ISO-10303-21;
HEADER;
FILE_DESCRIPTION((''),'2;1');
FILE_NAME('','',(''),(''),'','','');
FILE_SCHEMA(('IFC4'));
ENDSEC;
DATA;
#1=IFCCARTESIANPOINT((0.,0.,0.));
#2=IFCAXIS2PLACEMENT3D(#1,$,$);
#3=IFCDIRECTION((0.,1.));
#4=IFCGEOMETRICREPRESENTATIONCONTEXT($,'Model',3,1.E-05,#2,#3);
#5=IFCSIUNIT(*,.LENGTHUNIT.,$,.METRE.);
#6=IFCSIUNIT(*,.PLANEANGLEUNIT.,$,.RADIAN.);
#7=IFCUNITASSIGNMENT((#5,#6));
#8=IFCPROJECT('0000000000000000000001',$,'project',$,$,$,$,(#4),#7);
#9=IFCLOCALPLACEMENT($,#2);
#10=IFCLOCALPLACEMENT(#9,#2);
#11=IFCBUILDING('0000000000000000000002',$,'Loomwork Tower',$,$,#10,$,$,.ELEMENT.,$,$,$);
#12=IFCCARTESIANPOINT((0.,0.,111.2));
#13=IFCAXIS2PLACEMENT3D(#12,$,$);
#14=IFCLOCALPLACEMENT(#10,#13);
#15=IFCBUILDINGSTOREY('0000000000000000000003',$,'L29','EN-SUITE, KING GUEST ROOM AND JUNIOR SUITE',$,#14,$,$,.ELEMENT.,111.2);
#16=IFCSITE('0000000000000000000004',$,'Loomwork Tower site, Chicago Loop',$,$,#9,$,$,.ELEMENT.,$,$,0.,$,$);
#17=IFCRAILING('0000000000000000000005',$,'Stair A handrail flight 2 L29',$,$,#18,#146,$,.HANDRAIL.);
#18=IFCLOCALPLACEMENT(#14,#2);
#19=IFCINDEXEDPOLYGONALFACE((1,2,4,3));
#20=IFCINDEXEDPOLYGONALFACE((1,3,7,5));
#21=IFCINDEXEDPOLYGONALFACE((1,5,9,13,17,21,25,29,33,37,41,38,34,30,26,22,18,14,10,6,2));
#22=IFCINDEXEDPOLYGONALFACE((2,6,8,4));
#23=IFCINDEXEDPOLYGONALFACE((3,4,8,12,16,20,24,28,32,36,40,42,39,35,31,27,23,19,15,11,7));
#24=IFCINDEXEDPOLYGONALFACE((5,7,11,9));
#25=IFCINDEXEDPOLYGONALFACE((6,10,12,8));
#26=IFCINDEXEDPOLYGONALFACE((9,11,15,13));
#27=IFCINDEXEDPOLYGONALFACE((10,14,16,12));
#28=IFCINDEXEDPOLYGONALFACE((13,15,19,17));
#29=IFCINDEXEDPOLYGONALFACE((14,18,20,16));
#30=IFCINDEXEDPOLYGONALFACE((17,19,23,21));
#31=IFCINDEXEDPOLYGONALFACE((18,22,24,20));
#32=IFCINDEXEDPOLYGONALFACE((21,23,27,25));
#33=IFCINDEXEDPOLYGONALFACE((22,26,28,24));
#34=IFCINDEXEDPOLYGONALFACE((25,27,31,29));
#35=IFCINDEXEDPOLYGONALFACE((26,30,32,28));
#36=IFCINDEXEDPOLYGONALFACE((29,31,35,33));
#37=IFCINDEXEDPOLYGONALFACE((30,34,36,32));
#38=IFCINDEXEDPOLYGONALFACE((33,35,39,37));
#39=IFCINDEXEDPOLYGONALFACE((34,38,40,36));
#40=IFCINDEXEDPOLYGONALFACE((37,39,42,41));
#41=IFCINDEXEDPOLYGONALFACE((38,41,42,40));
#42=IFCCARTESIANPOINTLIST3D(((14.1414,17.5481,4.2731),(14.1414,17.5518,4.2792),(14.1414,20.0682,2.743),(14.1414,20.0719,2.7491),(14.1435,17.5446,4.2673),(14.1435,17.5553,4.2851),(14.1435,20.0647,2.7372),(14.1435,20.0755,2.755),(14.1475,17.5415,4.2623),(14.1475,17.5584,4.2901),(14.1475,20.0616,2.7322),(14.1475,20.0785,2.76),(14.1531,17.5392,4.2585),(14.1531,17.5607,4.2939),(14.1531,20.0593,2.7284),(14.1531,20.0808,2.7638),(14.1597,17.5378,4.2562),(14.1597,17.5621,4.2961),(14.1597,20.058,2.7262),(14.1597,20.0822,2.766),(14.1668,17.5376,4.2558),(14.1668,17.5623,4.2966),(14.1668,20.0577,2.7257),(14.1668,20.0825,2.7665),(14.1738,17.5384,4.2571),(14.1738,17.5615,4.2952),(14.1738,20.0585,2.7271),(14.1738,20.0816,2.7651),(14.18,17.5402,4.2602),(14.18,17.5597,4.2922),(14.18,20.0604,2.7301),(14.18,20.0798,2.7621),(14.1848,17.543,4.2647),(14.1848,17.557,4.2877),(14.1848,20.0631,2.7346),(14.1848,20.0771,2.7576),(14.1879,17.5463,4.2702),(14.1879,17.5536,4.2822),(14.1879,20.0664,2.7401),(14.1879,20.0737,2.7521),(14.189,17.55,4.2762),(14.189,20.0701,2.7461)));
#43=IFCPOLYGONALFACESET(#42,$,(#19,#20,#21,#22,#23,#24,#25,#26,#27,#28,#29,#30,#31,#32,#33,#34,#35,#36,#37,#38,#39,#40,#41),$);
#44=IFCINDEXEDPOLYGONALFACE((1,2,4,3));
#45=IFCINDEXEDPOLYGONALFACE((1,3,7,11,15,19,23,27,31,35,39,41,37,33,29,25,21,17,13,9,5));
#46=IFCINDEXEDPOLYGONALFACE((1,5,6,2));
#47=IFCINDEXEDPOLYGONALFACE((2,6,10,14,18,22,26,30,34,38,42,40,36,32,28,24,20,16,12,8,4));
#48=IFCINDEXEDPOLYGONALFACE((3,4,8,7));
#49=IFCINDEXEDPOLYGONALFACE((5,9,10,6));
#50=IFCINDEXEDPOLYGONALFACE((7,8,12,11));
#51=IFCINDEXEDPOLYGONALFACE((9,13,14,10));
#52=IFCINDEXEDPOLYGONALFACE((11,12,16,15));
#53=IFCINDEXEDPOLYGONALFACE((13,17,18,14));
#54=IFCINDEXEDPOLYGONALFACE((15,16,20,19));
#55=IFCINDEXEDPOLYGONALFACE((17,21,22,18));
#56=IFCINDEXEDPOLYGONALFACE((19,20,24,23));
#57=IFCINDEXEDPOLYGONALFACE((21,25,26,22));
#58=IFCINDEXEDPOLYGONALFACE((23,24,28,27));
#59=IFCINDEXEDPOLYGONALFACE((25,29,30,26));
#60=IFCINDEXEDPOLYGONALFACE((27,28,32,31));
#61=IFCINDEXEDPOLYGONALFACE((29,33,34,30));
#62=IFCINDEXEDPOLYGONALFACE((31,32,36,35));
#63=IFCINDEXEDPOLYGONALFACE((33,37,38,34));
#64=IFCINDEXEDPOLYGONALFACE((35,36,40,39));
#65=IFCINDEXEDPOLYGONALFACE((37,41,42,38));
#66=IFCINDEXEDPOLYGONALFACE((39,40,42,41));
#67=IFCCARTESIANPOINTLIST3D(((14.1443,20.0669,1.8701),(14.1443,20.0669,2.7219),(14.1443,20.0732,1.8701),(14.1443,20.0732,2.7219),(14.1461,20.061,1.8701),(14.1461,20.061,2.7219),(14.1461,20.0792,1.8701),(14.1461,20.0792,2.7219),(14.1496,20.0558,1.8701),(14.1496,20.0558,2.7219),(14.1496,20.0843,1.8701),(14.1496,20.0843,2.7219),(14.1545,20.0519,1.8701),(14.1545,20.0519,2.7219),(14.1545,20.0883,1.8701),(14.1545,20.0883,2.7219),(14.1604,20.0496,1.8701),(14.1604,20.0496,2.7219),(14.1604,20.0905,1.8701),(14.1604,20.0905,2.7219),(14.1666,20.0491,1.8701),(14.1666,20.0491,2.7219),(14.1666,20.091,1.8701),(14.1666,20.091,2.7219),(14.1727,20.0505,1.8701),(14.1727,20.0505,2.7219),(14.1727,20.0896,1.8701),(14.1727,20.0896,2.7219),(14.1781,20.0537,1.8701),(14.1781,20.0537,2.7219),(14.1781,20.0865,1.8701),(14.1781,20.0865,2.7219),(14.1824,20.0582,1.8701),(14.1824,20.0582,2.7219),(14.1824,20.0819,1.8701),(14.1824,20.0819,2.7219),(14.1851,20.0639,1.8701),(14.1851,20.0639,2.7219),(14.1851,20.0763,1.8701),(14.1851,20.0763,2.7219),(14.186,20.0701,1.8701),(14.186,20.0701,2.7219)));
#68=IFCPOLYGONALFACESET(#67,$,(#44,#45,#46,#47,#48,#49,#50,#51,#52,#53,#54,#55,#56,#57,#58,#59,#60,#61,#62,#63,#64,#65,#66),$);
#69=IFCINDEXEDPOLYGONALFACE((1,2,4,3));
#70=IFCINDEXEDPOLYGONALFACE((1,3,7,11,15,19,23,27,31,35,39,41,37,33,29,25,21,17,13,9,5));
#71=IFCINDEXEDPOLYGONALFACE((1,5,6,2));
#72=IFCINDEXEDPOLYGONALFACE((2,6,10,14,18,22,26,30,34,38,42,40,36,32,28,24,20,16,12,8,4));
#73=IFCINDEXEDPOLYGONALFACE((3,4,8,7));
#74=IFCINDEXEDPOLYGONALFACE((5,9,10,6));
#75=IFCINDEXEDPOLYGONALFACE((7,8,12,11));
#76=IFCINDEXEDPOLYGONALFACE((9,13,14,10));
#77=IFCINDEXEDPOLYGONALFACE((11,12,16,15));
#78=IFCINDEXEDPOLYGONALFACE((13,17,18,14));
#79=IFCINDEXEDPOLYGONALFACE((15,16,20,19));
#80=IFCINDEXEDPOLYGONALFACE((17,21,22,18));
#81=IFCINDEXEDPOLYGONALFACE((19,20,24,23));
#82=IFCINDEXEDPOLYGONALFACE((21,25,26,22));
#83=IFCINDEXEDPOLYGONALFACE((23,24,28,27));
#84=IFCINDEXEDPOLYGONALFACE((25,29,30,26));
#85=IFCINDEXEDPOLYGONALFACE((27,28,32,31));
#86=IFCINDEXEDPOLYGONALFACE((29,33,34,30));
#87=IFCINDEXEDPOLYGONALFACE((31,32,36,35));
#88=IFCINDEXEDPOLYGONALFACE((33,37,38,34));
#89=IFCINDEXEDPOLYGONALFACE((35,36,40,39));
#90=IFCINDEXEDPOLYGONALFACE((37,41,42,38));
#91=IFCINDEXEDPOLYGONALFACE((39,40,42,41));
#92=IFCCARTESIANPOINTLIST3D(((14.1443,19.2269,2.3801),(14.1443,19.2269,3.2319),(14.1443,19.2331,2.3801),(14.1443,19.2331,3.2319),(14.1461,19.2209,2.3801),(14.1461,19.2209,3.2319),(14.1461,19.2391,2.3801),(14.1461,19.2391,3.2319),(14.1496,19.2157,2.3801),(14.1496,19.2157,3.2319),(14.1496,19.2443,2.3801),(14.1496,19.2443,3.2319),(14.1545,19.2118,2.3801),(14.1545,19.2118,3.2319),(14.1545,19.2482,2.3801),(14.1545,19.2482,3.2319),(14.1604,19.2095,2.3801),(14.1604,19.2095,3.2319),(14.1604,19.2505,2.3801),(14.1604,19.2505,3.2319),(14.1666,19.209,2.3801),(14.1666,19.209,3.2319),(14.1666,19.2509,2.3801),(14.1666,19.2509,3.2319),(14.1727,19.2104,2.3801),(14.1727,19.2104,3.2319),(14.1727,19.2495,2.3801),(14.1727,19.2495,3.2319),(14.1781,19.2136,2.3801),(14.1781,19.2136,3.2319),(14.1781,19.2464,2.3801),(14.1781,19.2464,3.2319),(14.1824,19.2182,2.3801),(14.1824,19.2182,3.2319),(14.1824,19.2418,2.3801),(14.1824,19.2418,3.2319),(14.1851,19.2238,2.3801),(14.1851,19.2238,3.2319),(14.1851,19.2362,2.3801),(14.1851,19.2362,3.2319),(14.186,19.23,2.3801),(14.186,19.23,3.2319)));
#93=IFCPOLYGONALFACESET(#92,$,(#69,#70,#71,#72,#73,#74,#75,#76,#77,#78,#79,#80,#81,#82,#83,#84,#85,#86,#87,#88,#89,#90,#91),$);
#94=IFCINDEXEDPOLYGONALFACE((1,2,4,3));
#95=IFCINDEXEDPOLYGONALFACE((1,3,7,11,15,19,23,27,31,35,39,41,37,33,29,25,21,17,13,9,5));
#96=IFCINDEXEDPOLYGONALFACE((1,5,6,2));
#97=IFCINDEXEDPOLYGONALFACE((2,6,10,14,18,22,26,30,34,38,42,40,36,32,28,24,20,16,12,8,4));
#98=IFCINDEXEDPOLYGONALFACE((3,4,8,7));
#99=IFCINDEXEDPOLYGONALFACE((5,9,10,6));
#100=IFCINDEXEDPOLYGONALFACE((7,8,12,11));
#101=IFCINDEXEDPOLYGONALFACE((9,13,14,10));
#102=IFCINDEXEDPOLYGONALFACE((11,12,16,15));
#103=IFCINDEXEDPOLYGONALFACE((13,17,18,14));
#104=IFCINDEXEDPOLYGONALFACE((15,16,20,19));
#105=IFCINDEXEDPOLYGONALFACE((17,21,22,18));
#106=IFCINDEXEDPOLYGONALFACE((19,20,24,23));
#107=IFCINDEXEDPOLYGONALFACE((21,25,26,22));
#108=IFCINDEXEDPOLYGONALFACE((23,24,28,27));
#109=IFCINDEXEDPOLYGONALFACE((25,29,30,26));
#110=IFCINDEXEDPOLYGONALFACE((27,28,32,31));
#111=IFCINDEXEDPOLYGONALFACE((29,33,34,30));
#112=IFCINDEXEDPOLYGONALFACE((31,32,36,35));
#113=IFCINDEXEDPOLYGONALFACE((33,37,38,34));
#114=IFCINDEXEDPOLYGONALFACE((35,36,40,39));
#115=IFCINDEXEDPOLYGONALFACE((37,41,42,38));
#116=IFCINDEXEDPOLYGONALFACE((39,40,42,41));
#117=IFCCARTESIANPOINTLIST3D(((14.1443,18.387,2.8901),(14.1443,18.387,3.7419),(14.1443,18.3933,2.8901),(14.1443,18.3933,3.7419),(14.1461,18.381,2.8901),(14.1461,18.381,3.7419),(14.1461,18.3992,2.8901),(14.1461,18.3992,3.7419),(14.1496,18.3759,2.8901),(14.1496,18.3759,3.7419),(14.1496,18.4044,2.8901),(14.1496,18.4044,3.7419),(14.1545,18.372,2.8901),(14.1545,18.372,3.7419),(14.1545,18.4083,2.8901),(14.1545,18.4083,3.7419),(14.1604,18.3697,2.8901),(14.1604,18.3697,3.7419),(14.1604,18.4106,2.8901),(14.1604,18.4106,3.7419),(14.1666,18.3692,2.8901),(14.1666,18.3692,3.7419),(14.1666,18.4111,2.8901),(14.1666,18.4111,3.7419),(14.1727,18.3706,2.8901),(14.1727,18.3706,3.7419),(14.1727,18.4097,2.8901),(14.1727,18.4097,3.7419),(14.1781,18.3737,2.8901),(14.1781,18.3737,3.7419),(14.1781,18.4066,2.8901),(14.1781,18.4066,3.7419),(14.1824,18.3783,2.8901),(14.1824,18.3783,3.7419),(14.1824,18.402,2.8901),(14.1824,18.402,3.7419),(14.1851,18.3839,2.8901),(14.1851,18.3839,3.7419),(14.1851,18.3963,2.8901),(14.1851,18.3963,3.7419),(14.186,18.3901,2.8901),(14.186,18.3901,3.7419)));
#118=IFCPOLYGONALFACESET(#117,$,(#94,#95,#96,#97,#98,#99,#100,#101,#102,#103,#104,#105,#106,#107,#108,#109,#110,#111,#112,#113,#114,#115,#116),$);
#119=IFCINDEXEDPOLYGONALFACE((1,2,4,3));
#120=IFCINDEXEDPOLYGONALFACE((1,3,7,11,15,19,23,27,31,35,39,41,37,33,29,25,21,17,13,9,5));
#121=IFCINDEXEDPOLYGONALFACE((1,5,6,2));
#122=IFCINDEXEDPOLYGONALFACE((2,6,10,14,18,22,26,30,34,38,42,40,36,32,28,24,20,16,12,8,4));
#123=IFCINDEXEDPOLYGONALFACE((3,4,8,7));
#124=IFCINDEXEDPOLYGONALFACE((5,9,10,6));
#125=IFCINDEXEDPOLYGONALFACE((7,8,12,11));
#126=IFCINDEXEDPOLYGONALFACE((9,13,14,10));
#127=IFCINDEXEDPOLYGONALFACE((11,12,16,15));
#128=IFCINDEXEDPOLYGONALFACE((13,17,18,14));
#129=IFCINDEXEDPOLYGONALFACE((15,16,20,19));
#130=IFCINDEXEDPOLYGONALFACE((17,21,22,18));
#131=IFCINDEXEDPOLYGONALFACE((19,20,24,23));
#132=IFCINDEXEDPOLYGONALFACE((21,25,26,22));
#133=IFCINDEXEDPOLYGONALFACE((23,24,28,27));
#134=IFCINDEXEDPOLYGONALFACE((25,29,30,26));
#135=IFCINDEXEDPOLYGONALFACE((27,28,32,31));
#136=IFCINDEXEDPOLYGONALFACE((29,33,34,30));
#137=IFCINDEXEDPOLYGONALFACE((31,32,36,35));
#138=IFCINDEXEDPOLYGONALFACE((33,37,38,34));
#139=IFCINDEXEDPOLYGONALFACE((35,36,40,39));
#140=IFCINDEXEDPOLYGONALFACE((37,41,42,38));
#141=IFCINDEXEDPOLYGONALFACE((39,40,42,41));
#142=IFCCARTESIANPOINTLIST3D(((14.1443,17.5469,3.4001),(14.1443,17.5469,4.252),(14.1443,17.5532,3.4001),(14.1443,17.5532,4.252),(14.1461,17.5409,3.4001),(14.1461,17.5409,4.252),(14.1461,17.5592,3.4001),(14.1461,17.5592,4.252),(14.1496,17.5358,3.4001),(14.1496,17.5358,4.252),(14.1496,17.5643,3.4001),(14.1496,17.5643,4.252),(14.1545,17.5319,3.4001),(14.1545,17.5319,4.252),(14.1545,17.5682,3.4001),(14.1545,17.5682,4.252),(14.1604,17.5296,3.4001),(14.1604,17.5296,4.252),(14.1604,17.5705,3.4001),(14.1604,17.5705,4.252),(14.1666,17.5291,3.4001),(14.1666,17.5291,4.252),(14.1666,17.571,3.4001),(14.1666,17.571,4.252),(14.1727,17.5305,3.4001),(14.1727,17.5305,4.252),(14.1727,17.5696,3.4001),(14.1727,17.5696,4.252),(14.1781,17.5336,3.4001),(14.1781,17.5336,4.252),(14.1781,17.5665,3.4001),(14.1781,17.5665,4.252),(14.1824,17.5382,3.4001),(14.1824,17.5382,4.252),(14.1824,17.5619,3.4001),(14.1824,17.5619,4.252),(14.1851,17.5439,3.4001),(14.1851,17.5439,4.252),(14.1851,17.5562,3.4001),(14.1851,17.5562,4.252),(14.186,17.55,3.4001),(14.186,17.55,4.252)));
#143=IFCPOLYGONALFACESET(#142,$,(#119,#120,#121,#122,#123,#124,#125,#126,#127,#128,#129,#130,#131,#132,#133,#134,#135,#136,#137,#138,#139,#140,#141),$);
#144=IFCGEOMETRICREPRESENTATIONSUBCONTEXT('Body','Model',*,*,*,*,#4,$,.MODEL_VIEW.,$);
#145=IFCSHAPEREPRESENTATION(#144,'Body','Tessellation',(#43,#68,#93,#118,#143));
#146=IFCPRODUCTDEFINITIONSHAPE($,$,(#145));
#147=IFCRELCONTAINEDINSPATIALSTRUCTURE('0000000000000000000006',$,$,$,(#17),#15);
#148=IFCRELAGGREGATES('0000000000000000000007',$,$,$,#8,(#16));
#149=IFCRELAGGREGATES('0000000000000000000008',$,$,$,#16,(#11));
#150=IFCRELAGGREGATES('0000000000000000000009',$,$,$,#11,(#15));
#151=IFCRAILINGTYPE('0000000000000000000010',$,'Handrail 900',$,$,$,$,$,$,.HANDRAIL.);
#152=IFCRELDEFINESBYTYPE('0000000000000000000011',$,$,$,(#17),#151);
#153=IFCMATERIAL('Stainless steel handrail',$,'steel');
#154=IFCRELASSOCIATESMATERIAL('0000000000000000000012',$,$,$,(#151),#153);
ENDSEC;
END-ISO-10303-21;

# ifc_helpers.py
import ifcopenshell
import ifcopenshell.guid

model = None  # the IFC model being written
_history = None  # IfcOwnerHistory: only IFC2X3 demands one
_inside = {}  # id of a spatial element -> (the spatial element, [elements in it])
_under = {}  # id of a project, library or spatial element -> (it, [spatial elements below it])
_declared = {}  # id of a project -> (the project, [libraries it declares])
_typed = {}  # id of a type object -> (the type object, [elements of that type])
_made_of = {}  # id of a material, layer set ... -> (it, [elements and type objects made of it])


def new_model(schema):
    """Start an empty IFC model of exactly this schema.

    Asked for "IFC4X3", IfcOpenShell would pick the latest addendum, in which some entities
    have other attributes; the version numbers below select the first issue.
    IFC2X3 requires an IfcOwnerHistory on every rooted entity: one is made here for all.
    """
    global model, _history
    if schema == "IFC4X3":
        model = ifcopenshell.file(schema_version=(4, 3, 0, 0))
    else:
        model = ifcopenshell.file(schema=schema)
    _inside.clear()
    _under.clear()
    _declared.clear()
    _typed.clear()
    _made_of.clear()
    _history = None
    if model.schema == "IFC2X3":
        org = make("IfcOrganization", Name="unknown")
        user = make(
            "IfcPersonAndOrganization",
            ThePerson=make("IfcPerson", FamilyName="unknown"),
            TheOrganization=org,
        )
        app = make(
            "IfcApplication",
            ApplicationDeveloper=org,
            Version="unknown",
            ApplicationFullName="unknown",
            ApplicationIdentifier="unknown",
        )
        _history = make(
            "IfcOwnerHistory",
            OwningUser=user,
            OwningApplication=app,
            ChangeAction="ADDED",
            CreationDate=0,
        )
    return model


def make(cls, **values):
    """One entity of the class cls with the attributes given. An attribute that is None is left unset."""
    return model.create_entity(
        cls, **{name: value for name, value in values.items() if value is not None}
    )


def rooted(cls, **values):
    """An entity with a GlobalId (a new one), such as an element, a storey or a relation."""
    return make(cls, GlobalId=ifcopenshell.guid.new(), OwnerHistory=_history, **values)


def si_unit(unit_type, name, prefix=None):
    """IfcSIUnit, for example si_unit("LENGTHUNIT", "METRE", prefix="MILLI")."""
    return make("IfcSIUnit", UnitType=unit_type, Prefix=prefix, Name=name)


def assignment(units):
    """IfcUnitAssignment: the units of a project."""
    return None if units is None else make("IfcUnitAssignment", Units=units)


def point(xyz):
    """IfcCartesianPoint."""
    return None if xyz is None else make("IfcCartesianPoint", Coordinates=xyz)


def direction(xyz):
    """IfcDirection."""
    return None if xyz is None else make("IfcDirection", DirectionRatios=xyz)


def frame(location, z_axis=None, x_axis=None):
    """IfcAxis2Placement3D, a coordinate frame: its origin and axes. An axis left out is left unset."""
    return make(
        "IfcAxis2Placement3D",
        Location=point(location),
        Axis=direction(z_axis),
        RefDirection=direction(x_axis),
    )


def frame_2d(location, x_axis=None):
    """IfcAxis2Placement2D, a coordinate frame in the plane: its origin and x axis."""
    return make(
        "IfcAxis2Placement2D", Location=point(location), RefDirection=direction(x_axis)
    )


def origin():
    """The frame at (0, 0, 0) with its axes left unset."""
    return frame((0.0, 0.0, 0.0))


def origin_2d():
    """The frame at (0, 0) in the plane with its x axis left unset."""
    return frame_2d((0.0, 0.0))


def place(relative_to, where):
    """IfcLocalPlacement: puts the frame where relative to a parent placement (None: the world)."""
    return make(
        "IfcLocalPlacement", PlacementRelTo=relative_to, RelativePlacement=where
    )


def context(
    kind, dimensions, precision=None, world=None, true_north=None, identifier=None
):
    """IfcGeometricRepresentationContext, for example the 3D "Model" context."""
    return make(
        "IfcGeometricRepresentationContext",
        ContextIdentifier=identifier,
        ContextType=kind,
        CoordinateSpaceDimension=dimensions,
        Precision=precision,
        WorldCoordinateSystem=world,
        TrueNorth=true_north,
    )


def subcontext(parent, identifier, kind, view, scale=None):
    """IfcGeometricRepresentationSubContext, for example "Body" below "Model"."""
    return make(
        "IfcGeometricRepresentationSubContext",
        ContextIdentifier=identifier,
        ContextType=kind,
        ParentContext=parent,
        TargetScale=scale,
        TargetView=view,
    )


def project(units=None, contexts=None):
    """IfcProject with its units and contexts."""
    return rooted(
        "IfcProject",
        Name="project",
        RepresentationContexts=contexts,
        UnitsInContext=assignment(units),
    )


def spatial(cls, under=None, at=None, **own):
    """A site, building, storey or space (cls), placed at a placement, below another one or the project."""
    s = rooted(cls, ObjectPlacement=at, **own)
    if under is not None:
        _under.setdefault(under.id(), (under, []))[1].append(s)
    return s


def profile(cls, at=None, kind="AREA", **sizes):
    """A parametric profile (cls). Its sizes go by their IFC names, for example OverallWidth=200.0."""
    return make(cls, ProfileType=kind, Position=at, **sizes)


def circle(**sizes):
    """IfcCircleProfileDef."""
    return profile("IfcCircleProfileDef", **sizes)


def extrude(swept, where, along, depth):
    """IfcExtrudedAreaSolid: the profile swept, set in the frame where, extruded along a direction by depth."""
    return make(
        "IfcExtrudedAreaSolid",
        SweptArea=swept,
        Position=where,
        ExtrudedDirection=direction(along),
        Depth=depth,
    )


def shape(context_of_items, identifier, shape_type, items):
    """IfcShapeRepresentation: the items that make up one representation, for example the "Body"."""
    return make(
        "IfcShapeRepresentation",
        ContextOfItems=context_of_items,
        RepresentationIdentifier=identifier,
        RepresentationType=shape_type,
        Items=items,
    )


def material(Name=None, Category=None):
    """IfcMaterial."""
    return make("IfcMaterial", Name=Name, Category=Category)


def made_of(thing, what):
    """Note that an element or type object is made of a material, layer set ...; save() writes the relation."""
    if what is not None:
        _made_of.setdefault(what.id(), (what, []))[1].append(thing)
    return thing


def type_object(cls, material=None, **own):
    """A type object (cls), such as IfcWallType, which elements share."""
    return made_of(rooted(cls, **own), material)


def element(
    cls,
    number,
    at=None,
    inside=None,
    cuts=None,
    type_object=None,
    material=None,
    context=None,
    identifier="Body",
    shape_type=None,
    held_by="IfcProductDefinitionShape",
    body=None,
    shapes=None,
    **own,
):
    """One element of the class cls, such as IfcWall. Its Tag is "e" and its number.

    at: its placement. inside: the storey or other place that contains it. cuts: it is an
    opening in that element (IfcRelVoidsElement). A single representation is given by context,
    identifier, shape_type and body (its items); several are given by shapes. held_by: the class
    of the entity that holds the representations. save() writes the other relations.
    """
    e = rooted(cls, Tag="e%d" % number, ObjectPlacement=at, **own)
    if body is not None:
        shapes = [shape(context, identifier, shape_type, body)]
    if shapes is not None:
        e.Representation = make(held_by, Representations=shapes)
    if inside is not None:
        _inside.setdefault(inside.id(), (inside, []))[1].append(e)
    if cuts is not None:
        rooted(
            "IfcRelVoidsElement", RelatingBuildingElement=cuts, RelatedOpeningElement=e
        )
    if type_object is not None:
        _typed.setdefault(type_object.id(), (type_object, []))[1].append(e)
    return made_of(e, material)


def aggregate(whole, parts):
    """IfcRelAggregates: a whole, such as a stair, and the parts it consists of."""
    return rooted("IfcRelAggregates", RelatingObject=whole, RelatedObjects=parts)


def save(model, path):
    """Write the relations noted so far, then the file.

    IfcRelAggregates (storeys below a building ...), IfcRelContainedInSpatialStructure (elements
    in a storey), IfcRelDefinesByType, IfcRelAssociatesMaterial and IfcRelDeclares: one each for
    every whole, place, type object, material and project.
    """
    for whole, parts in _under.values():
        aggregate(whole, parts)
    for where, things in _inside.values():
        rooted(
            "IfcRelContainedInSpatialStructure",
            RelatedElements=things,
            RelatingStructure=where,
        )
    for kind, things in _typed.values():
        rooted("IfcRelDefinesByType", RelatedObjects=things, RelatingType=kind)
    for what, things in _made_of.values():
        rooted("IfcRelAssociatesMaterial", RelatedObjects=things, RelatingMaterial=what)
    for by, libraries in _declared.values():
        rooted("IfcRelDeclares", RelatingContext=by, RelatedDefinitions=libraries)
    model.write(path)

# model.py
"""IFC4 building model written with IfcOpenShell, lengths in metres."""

from ifc_helpers import new_model, si_unit, direction, frame, origin, origin_2d, place, context, subcontext, project, spatial, circle, extrude, material, type_object, element, save


model = new_model("IFC4")

# Units and contexts
model_context = context("Model", 3, precision=1e-05, world=origin(), true_north=direction((0.0, 1.0)))
body_context = subcontext(model_context, "Body", "Model", "MODEL_VIEW")
ifc_project = project(units=[si_unit("LENGTHUNIT", "METRE"), si_unit("PLANEANGLEUNIT", "RADIAN")], contexts=[model_context])

# Site, building, storey
site_placement = place(None, origin())
site = spatial("IfcSite", under=ifc_project, at=site_placement, Name="Loomwork Tower site, Chicago Loop", CompositionType="ELEMENT", RefElevation=0.0)
building_placement = place(site_placement, origin())
building = spatial("IfcBuilding", under=site, at=building_placement, Name="Loomwork Tower", CompositionType="ELEMENT")
storey_placement = place(building_placement, frame((0.0, 0.0, 111.2)))
storey = spatial("IfcBuildingStorey", under=building, at=storey_placement, Name="L29", Description="EN-SUITE, KING GUEST ROOM AND JUNIOR SUITE", CompositionType="ELEMENT", Elevation=111.2)

# Railing
ifc_material_1 = material(Name="Stainless steel handrail", Category="steel")
railing_type = type_object("IfcRailingType", Name="Handrail 900", PredefinedType="HANDRAIL", material=ifc_material_1)
railing_1_placement = place(storey_placement, frame((14.165, 20.0701, 1.8701)))
element("IfcRailing", 1, at=railing_1_placement, inside=storey, type_object=railing_type, Name="Stair A handrail flight 2 L29", PredefinedType="HANDRAIL", context=body_context, shape_type="SweptSolid", body=[
    extrude(circle(Radius=0.0239, at=origin_2d()), frame((0.0, 0.0, 0.876), z_axis=(0.0, -0.854785, 0.518982), x_axis=(1.0, 0.0, 0.0)), (0.0, 0.0, 1.0), 2.9482),
    extrude(circle(Radius=0.021, at=origin_2d()), origin(), (0.0, 0.0, 1.0), 0.8518),
    extrude(circle(Radius=0.021, at=origin_2d()), frame((0.0, -0.8401, 0.51)), (0.0, 0.0, 1.0), 0.8518),
    extrude(circle(Radius=0.021, at=origin_2d()), frame((0.0, -1.6799, 1.02)), (0.0, 0.0, 1.0), 0.8518),
    extrude(circle(Radius=0.021, at=origin_2d()), frame((0.0, -2.52, 1.53)), (0.0, 0.0, 1.0), 0.8518),
])

save(model, "model.ifc")
